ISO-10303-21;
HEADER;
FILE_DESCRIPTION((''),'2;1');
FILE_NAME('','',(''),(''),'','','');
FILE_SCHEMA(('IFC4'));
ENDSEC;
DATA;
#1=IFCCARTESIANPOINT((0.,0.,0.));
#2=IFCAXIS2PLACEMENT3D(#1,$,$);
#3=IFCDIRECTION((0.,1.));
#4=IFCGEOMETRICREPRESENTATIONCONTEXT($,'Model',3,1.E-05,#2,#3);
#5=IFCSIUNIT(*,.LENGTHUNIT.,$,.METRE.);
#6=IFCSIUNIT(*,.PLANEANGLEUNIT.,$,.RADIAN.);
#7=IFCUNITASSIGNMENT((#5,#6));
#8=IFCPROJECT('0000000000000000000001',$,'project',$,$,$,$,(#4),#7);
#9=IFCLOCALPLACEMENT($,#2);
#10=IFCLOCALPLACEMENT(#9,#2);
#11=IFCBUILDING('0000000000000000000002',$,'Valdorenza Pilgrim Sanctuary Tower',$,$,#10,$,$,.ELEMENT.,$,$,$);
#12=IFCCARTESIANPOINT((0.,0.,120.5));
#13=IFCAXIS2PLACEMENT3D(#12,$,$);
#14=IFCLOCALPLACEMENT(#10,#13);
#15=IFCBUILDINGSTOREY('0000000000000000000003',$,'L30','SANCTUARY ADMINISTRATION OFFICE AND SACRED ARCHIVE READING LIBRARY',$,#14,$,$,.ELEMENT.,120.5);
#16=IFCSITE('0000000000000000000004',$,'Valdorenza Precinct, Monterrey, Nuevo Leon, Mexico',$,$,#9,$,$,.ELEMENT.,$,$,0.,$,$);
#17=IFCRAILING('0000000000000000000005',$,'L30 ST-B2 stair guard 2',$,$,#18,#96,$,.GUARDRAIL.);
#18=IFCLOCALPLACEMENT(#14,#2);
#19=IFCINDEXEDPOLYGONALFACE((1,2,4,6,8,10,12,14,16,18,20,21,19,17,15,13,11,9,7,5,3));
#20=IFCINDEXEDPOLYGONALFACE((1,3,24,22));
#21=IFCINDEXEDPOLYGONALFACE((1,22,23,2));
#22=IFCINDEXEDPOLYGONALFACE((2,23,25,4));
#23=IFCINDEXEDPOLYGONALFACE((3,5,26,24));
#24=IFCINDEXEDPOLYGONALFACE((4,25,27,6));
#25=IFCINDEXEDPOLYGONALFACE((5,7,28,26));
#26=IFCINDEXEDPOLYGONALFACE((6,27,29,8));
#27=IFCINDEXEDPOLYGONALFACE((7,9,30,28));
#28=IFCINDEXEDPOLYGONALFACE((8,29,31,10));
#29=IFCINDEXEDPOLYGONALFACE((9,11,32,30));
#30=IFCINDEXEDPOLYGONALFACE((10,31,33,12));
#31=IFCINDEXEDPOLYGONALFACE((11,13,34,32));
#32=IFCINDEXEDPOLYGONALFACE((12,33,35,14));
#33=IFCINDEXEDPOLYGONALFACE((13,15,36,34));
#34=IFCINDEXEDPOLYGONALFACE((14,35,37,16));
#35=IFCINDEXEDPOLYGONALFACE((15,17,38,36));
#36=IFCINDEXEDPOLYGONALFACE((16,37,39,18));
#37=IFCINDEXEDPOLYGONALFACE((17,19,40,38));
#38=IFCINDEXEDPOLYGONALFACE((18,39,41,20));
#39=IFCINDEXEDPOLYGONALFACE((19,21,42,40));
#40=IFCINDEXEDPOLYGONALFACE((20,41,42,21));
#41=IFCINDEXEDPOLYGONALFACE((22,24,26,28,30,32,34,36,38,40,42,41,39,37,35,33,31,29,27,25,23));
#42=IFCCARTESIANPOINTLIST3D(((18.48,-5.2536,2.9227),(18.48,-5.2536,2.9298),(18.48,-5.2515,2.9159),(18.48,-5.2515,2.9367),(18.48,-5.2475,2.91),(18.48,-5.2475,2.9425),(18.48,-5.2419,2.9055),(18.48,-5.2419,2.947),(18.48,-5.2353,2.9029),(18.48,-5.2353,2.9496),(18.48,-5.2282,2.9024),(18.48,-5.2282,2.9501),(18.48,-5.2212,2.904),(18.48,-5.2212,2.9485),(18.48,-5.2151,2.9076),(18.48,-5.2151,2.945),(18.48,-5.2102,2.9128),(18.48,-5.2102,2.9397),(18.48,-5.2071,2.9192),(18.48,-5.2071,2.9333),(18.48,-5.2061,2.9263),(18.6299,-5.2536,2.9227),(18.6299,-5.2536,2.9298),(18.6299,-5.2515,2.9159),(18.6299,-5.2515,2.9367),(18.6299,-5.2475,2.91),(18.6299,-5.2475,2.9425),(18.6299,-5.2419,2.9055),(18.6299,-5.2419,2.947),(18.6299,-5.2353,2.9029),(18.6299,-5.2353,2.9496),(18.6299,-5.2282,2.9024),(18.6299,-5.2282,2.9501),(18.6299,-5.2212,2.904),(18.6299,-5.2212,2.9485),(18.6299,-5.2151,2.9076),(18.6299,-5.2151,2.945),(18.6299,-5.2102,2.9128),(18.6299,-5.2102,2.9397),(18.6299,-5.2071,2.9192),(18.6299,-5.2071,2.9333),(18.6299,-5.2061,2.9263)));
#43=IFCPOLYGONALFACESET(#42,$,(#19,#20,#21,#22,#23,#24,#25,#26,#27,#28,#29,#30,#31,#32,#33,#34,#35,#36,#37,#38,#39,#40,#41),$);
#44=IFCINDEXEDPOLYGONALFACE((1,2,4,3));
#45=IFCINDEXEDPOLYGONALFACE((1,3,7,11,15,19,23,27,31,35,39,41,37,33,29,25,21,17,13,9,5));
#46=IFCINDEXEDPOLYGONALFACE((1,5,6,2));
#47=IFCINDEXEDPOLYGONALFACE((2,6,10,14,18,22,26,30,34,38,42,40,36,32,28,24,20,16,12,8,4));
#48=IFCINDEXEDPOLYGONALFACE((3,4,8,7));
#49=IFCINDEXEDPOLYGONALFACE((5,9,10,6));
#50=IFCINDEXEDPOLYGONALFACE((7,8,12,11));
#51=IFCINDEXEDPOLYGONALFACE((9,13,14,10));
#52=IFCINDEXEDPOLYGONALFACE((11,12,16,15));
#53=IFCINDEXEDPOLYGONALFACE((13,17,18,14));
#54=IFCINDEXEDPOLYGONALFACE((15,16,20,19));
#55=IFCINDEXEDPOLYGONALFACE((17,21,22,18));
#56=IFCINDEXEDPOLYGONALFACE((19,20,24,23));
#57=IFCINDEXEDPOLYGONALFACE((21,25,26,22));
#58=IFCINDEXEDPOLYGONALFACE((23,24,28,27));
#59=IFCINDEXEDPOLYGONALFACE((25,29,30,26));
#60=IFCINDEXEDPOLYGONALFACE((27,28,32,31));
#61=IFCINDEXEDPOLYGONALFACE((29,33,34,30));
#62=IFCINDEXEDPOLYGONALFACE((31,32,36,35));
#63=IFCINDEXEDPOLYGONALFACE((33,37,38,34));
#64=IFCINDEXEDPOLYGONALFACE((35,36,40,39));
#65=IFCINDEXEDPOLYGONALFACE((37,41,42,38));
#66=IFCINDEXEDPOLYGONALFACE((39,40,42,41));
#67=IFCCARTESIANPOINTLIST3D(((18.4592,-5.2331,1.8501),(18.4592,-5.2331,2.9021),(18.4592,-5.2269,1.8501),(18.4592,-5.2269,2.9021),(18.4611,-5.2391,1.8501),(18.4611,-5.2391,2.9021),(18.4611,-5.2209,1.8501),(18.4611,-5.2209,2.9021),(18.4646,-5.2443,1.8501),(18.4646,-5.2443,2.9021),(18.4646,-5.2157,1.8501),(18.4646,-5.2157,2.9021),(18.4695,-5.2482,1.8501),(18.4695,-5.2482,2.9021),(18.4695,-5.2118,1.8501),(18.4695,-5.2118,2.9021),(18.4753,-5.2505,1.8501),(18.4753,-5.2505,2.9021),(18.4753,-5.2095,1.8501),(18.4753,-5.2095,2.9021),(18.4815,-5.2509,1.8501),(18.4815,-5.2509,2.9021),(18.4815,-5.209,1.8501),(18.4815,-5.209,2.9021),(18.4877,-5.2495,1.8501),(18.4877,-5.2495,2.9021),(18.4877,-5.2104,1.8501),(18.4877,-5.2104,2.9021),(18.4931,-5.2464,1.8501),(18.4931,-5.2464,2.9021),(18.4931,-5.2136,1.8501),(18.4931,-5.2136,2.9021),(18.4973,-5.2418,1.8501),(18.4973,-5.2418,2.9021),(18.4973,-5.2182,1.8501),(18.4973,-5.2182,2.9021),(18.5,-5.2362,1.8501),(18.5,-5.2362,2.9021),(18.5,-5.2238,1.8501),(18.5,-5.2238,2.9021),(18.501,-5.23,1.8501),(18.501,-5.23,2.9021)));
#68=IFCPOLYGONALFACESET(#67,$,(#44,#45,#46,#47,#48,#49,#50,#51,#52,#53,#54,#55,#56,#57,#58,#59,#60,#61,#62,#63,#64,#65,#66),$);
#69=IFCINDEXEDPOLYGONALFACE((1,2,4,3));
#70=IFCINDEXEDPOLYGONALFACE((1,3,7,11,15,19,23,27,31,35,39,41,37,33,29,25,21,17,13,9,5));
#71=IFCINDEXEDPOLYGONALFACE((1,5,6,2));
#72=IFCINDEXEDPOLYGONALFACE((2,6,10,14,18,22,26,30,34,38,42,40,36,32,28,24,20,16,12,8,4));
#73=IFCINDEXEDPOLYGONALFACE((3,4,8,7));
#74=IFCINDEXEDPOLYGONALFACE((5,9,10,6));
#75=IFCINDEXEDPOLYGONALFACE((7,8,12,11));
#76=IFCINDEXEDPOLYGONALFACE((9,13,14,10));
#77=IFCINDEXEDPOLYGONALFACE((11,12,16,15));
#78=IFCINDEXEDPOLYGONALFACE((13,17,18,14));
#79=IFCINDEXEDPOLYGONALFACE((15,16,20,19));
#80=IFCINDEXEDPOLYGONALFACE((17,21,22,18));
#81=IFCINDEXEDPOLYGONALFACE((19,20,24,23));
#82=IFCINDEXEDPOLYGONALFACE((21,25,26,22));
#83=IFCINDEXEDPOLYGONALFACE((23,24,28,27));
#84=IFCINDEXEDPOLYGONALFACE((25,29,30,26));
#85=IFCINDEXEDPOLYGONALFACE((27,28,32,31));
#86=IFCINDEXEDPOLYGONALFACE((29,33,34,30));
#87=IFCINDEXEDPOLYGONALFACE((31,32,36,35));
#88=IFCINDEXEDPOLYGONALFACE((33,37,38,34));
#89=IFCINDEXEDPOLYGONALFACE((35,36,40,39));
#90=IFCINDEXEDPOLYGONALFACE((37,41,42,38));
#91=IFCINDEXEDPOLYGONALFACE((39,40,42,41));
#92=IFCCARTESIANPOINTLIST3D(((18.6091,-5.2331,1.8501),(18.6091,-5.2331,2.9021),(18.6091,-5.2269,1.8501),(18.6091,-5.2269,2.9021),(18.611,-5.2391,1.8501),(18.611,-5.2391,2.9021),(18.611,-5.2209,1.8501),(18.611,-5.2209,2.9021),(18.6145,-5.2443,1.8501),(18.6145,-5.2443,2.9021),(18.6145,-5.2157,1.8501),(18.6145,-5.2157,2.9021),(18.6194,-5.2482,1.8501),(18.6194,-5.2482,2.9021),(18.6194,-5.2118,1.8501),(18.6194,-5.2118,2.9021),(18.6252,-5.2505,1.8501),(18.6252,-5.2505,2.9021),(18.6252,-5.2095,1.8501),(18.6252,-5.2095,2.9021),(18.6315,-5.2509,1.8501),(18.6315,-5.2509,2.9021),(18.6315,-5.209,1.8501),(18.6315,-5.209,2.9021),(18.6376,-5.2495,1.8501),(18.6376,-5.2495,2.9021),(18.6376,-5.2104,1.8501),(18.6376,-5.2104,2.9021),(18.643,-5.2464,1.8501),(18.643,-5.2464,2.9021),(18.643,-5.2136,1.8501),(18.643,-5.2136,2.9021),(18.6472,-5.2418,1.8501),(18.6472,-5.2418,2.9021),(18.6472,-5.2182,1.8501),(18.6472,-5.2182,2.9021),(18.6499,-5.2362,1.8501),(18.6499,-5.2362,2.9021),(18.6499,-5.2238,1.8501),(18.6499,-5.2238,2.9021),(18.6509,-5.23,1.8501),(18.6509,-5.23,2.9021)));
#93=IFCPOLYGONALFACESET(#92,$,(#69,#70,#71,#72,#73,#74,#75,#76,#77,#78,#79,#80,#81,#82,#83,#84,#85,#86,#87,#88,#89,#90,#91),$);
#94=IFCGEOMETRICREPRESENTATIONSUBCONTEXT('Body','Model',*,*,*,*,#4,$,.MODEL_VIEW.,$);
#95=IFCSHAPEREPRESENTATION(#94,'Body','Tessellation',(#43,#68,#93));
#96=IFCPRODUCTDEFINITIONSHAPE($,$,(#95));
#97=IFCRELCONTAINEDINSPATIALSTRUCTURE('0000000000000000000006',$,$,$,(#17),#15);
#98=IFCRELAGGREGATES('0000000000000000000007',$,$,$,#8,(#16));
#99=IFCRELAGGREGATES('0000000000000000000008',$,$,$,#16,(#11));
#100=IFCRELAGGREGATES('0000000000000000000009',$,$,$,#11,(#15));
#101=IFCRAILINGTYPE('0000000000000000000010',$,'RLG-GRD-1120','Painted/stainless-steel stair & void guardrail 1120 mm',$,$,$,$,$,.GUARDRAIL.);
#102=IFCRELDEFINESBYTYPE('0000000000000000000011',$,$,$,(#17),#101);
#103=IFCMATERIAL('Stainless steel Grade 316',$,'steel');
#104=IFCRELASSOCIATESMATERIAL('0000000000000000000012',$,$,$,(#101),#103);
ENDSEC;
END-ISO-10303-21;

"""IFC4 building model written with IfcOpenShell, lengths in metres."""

from ifc_helpers import new_model, si_unit, direction, frame, origin, origin_2d, place, context, subcontext, project, spatial, circle, extrude, material, type_object, element, save


model = new_model("IFC4")

# Units and contexts
model_context = context("Model", 3, precision=1e-05, world=origin(), true_north=direction((0.0, 1.0)))
body_context = subcontext(model_context, "Body", "Model", "MODEL_VIEW")
ifc_project = project(units=[si_unit("LENGTHUNIT", "METRE"), si_unit("PLANEANGLEUNIT", "RADIAN")], contexts=[model_context])

# Site, building, storey
site_placement = place(None, origin())
site = spatial("IfcSite", under=ifc_project, at=site_placement, Name="Valdorenza Precinct, Monterrey, Nuevo Leon, Mexico", CompositionType="ELEMENT", RefElevation=0.0)
building_placement = place(site_placement, origin())
building = spatial("IfcBuilding", under=site, at=building_placement, Name="Valdorenza Pilgrim Sanctuary Tower", CompositionType="ELEMENT")
storey_placement = place(building_placement, frame((0.0, 0.0, 120.5)))
storey = spatial("IfcBuildingStorey", under=building, at=storey_placement, Name="L30", Description="SANCTUARY ADMINISTRATION OFFICE AND SACRED ARCHIVE READING LIBRARY", CompositionType="ELEMENT", Elevation=120.5)

# Railing
ifc_material_1 = material(Name="Stainless steel Grade 316", Category="steel")
railing_type_1 = type_object("IfcRailingType", Name="RLG-GRD-1120", Description="Painted/stainless-steel stair & void guardrail 1120 mm", PredefinedType="GUARDRAIL", material=ifc_material_1)
railing_1_placement = place(storey_placement, frame((18.48, -5.23, 1.8501)))
element("IfcRailing", 1, at=railing_1_placement, inside=storey, type_object=railing_type_1, Name="L30 ST-B2 stair guard 2", PredefinedType="GUARDRAIL", context=body_context, shape_type="SweptSolid", body=[
    extrude(circle(Radius=0.0239, at=origin_2d()), frame((0.0, 0.0, 1.0762), z_axis=(1.0, 0.0, 0.0), x_axis=(0.0, 1.0, 0.0)), (0.0, 0.0, 1.0), 0.1499),
    extrude(circle(Radius=0.021, at=origin_2d()), origin(), (0.0, 0.0, 1.0), 1.052),
    extrude(circle(Radius=0.021, at=origin_2d()), frame((0.1499, 0.0, 0.0)), (0.0, 0.0, 1.0), 1.052),
])

save(model, "model.ifc")
